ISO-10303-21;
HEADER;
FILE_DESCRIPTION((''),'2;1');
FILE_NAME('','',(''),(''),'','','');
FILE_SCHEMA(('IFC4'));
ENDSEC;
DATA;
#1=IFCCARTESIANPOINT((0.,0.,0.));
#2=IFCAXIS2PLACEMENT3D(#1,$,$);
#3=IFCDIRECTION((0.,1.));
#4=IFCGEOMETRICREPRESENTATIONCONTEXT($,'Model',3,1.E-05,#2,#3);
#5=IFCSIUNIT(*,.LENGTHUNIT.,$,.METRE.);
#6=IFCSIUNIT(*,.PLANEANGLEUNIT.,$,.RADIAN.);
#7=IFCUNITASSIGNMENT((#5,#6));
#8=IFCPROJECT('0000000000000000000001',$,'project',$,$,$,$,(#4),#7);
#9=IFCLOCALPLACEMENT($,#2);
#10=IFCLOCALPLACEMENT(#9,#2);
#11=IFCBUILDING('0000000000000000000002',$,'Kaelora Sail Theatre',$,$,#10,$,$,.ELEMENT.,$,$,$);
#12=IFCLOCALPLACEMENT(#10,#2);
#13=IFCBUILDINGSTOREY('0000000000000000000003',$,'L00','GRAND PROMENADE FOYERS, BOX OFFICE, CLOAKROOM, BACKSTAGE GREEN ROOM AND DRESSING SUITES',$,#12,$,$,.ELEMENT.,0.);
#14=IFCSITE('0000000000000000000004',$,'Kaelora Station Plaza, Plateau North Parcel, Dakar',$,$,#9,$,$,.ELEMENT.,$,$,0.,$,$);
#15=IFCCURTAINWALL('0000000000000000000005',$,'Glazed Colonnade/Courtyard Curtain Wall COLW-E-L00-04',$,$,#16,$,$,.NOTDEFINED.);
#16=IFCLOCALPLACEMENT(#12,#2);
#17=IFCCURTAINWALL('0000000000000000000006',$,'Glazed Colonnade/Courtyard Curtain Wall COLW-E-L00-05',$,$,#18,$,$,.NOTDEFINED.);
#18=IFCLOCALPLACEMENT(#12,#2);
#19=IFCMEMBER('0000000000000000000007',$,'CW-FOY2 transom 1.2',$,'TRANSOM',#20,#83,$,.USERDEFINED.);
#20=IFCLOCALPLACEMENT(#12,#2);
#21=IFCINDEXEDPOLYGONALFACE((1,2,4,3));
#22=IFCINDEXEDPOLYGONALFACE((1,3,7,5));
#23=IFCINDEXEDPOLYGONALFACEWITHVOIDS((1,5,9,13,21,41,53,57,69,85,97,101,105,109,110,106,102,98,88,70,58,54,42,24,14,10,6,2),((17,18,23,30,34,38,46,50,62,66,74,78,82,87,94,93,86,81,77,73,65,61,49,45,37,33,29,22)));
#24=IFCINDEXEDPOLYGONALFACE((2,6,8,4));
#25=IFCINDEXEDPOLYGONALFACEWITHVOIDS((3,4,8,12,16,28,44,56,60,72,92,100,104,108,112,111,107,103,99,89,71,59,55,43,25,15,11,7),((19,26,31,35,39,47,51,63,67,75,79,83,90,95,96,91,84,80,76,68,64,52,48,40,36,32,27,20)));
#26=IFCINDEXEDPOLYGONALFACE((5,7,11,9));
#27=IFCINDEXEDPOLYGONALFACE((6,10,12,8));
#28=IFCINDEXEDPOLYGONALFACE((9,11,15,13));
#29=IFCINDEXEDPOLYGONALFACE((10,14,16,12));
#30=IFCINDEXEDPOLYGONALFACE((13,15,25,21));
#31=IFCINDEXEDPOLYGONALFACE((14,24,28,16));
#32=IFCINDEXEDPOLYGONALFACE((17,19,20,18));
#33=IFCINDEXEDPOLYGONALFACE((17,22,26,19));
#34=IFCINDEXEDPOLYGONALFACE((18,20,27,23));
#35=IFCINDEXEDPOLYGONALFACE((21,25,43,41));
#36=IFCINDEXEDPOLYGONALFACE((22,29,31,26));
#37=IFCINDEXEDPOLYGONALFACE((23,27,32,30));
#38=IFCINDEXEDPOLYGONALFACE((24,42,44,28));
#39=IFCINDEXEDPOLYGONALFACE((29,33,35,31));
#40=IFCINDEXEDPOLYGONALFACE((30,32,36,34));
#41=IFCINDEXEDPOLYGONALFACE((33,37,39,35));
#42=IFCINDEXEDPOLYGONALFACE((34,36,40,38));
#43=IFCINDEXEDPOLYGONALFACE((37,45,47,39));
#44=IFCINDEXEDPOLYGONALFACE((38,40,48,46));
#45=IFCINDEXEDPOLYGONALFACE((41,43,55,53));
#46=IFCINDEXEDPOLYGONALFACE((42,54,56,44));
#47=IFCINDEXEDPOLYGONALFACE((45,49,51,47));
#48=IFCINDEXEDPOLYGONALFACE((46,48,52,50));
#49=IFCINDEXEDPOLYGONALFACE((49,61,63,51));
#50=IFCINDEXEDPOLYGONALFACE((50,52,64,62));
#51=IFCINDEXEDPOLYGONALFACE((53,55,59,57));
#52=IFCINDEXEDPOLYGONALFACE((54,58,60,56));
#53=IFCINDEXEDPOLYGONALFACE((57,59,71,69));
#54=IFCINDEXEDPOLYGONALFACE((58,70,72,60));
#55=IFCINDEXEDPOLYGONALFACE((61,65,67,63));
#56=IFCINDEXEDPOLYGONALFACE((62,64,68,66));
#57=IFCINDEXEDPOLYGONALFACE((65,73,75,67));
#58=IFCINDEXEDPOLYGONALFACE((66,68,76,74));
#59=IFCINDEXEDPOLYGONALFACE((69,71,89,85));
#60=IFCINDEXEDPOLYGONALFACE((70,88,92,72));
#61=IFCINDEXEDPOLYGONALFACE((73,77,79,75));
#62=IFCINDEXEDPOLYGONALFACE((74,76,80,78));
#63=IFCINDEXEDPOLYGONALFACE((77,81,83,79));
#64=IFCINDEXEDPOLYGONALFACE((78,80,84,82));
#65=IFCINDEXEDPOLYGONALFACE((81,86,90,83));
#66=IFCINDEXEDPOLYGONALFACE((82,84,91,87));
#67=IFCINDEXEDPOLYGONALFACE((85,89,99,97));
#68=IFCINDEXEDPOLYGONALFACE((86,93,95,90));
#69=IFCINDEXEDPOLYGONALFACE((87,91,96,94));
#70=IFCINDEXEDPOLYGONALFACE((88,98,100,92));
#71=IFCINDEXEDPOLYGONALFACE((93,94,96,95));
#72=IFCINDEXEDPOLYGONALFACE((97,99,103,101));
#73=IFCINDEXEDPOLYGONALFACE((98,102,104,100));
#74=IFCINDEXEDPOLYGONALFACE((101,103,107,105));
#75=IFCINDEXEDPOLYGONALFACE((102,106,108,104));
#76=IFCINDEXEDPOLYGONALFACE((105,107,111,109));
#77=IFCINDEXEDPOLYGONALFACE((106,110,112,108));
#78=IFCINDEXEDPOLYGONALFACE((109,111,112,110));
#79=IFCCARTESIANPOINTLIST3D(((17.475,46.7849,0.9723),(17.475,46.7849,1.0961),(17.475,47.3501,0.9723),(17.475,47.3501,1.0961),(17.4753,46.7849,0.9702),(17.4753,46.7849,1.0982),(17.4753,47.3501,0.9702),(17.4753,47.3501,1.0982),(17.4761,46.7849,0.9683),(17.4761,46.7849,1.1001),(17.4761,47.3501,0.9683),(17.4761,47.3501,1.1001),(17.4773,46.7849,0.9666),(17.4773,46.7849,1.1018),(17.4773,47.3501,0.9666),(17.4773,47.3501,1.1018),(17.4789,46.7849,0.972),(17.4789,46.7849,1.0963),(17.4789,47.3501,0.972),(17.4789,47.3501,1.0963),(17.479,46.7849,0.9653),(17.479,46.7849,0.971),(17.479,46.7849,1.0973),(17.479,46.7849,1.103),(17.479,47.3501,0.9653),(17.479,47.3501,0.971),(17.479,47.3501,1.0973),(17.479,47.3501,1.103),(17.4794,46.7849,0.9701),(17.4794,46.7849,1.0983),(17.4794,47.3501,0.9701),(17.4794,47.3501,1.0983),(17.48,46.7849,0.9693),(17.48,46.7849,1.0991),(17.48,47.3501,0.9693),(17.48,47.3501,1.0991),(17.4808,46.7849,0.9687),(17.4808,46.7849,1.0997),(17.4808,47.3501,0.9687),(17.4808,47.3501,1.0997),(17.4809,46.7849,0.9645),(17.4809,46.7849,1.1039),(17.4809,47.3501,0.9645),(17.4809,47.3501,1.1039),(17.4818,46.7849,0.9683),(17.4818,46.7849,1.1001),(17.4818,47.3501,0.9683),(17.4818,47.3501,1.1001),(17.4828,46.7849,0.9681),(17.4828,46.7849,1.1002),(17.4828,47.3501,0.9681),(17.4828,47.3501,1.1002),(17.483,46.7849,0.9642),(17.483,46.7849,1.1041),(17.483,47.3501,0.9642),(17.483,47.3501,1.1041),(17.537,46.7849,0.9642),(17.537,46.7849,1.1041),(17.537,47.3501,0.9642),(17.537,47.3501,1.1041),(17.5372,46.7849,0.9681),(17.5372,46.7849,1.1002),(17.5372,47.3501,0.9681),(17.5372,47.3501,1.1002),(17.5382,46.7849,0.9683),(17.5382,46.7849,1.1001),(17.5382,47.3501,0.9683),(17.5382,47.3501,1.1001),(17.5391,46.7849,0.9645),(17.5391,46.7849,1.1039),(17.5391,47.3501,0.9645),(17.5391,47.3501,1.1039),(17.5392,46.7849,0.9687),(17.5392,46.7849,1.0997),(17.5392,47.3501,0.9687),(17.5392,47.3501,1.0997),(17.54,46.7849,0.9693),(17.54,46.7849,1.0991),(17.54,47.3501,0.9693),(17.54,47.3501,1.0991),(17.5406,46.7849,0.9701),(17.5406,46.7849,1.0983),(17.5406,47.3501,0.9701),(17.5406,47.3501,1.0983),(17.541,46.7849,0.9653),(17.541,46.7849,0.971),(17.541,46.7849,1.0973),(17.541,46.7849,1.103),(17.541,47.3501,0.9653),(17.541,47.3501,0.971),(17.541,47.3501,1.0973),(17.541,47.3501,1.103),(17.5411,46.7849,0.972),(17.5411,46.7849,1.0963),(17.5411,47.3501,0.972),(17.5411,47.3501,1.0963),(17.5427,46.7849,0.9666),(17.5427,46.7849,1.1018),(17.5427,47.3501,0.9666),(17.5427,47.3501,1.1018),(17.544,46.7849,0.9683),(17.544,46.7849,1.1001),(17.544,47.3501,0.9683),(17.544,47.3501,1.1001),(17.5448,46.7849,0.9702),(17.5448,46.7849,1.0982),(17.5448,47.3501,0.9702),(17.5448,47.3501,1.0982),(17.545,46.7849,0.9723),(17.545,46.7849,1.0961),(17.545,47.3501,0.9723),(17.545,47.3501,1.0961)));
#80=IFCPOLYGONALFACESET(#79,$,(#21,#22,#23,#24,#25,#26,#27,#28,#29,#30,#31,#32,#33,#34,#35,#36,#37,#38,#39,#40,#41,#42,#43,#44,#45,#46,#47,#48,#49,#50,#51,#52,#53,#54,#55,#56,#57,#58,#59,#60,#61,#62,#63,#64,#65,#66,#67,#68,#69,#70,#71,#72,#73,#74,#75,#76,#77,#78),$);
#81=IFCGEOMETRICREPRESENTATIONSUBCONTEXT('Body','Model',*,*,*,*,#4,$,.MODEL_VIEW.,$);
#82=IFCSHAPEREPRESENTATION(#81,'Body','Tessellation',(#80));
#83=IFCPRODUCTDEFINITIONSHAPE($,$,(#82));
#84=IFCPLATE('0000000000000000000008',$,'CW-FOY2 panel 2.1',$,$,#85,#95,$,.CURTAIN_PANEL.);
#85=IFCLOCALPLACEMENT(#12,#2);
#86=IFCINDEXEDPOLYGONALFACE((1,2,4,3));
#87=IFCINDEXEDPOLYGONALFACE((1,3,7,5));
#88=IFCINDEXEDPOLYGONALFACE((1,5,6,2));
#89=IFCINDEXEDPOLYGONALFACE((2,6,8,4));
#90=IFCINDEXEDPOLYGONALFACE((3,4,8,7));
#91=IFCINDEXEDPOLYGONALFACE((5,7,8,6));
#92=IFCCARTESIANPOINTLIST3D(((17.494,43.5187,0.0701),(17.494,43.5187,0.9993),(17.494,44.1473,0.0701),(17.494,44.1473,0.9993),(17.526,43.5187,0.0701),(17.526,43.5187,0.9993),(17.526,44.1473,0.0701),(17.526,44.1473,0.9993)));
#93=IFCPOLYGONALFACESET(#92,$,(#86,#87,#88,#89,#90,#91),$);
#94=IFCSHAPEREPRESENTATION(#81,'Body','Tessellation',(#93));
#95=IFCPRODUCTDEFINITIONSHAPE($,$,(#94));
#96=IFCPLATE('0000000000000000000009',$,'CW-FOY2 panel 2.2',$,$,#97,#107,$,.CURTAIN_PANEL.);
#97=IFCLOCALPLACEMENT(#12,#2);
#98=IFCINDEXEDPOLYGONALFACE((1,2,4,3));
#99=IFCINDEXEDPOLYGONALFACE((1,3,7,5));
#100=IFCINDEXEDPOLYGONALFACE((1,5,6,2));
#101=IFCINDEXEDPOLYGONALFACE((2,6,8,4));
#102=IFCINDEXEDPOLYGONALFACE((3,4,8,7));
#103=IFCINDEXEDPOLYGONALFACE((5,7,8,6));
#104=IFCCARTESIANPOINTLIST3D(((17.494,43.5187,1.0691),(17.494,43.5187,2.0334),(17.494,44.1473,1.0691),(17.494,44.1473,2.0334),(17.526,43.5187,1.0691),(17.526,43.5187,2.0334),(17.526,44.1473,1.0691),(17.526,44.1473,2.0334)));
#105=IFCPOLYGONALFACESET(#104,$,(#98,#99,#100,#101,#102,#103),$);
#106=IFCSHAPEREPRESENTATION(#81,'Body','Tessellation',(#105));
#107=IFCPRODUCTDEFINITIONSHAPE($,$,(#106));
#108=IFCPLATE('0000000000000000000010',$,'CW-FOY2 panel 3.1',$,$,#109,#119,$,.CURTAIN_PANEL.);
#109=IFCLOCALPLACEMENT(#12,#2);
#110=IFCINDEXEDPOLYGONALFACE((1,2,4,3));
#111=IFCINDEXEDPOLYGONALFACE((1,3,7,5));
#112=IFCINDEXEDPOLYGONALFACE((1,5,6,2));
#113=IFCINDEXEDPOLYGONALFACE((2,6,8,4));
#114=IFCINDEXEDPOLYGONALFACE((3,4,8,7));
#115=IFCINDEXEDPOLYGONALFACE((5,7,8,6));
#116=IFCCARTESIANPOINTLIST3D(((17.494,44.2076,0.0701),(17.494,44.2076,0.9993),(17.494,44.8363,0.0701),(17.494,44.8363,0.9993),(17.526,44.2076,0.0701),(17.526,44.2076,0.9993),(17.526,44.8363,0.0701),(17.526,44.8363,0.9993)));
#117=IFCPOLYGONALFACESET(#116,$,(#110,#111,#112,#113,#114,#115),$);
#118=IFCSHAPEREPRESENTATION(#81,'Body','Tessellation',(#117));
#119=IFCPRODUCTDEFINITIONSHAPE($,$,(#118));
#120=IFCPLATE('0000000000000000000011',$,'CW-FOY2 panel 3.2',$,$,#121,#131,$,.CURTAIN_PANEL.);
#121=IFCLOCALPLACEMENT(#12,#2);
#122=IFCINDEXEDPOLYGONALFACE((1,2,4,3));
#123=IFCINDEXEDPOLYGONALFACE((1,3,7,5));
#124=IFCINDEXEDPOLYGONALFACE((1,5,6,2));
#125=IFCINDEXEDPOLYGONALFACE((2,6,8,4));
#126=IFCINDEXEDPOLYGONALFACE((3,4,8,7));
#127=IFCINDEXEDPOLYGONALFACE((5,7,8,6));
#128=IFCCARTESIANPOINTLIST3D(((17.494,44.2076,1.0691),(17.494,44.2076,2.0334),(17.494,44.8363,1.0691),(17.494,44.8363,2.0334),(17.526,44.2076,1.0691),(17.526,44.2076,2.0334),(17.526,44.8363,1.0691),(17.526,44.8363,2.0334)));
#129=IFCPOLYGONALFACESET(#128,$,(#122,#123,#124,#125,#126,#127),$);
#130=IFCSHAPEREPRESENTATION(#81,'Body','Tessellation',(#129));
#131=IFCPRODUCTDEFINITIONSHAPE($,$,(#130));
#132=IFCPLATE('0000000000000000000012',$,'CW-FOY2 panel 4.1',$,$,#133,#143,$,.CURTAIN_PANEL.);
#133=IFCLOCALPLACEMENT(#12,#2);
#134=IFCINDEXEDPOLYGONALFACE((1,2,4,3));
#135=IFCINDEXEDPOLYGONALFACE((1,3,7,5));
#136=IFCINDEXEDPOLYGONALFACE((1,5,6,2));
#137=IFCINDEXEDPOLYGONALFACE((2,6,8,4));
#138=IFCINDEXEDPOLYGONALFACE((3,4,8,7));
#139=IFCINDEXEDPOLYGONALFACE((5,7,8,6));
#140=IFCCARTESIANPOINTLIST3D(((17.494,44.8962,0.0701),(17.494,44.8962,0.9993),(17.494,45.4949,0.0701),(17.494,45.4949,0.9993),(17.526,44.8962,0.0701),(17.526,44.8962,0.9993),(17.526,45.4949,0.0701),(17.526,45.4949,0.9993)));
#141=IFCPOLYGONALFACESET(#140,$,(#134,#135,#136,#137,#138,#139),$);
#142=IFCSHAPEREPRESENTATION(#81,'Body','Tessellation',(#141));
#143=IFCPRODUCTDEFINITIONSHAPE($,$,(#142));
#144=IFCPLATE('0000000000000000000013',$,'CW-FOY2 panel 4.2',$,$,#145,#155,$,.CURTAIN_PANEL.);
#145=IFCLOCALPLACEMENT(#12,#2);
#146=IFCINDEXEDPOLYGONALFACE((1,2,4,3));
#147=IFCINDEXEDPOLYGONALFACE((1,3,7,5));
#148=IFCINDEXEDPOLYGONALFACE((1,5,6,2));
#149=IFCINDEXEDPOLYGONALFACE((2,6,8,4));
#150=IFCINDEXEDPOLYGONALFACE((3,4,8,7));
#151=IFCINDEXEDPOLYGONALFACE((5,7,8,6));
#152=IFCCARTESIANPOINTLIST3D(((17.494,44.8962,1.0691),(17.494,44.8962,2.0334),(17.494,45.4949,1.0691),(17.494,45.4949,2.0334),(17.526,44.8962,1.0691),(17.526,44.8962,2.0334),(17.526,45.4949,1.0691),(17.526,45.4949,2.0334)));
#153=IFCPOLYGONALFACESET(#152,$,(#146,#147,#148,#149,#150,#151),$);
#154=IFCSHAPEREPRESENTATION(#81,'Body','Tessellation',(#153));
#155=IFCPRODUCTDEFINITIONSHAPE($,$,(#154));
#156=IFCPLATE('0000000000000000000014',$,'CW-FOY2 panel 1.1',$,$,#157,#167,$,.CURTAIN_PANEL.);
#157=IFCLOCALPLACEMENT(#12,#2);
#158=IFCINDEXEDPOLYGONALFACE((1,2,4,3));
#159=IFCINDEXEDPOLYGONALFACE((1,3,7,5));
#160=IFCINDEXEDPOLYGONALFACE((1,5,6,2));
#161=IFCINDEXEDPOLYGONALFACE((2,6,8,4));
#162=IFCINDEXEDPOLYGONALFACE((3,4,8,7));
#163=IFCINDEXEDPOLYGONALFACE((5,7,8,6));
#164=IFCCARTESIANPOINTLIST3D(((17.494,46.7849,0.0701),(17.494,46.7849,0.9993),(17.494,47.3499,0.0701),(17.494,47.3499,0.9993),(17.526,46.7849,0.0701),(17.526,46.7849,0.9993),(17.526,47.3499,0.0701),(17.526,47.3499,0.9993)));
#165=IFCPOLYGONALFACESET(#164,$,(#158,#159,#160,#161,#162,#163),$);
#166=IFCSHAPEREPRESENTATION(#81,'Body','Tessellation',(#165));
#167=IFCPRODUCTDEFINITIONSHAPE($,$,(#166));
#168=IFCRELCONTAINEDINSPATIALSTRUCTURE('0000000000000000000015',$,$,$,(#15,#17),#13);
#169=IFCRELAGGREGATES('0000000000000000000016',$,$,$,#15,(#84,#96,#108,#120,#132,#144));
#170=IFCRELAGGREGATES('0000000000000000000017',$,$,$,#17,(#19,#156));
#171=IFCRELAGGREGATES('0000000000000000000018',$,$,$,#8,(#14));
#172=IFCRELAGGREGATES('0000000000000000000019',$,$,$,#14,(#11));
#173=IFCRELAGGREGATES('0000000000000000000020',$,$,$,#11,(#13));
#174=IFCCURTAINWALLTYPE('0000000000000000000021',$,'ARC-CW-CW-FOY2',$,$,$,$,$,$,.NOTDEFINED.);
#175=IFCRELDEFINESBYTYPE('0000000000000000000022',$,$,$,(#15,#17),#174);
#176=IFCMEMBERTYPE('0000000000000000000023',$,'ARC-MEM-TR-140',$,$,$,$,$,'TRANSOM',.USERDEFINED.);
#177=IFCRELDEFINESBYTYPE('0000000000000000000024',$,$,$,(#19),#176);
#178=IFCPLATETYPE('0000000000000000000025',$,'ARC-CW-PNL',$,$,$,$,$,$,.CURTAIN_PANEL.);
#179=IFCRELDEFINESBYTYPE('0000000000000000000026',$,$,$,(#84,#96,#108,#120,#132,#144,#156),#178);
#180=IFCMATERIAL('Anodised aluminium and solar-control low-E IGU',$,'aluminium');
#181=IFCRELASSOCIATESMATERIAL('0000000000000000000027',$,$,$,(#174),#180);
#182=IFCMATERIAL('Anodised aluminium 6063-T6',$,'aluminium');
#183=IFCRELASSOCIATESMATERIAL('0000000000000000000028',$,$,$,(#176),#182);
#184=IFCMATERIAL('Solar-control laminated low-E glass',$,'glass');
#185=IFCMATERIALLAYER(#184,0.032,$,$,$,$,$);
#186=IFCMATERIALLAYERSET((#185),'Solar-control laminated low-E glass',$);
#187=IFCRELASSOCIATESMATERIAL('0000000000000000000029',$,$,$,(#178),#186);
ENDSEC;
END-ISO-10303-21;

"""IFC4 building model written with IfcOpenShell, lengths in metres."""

from ifc_helpers import new_model, si_unit, direction, frame, origin, origin_2d, place, context, subcontext, project, spatial, rectangle, hollow_rectangle, extrude, material, layer, layer_set, material_profile, profile_set, type_object, element, aggregate, save


model = new_model("IFC4")

# Units and contexts
model_context = context("Model", 3, precision=1e-05, world=origin(), true_north=direction((0.0, 1.0)))
body_context = subcontext(model_context, "Body", "Model", "MODEL_VIEW")
ifc_project = project(units=[si_unit("LENGTHUNIT", "METRE"), si_unit("PLANEANGLEUNIT", "RADIAN")], contexts=[model_context])

# Site, building, storey
site_placement = place(None, origin())
site = spatial("IfcSite", under=ifc_project, at=site_placement, Name="Kaelora Station Plaza, Plateau North Parcel, Dakar", CompositionType="ELEMENT", RefElevation=0.0)
building_placement = place(site_placement, origin())
building = spatial("IfcBuilding", under=site, at=building_placement, Name="Kaelora Sail Theatre", CompositionType="ELEMENT")
storey_placement = place(building_placement, origin())
storey = spatial("IfcBuildingStorey", under=building, at=storey_placement, Name="L00", Description="GRAND PROMENADE FOYERS, BOX OFFICE, CLOAKROOM, BACKSTAGE GREEN ROOM AND DRESSING SUITES", CompositionType="ELEMENT", Elevation=0.0)

# Curtain wall
ifc_material_1 = material(Name="Anodised aluminium and solar-control low-E IGU", Category="aluminium")
curtain_wall_type = type_object("IfcCurtainWallType", Name="ARC-CW-CW-FOY2", PredefinedType="NOTDEFINED", material=ifc_material_1)
curtain_wall_1_placement = place(storey_placement, origin())
curtain_wall_1 = element("IfcCurtainWall", 1, at=curtain_wall_1_placement, inside=storey, type_object=curtain_wall_type, Name="Glazed Colonnade/Courtyard Curtain Wall COLW-E-L00-04", PredefinedType="NOTDEFINED")

# Curtain wall
curtain_wall_2_placement = place(storey_placement, origin())
curtain_wall_2 = element("IfcCurtainWall", 2, at=curtain_wall_2_placement, inside=storey, type_object=curtain_wall_type, Name="Glazed Colonnade/Courtyard Curtain Wall COLW-E-L00-05", PredefinedType="NOTDEFINED")

# Member
ifc_material_2 = material(Name="Anodised aluminium 6063-T6", Category="aluminium")
ifc_material_profile_1 = material_profile(ifc_material_2, hollow_rectangle(XDim=0.0701, YDim=0.1399, WallThickness=0.0039, InnerFilletRadius=0.0039, OuterFilletRadius=0.0081, at=origin_2d()), Name="ALU-TRAN 70x140x4")
ifc_profile_set_1 = profile_set([ifc_material_profile_1], Name="Anodised aluminium 6063-T6")
member_type_1 = type_object("IfcMemberType", Name="ARC-MEM-TR-140", ElementType="TRANSOM", PredefinedType="USERDEFINED", material=ifc_profile_set_1)
member_1_placement = place(storey_placement, frame((17.51, 46.7849, 1.0342), z_axis=(0.0, 1.0, 0.0), x_axis=(-1.0, 0.0, 0.0)))
member_1 = element("IfcMember", 3, at=member_1_placement, type_object=member_type_1, Name="CW-FOY2 transom 1.2", ObjectType="TRANSOM", PredefinedType="USERDEFINED", context=body_context, shape_type="SweptSolid", body=[
    extrude(hollow_rectangle(XDim=0.0701, YDim=0.1399, WallThickness=0.0039, InnerFilletRadius=0.0039, OuterFilletRadius=0.0081, at=origin_2d()), origin(), (0.0, 0.0, 1.0), 0.5652),
])

# Plates
ifc_material_3 = material(Name="Solar-control laminated low-E glass", Category="glass")
ifc_layer = layer(ifc_material_3, 0.032)
ifc_layer_set = layer_set([ifc_layer], Name="Solar-control laminated low-E glass")
plate_type = type_object("IfcPlateType", Name="ARC-CW-PNL", PredefinedType="CURTAIN_PANEL", material=ifc_layer_set)
plate_1_placement = place(storey_placement, frame((17.51, 43.833, 0.0701), z_axis=(0.0, 0.0, 1.0), x_axis=(0.0, 1.0, 0.0)))
plate_1 = element("IfcPlate", 4, at=plate_1_placement, type_object=plate_type, Name="CW-FOY2 panel 2.1", PredefinedType="CURTAIN_PANEL", context=body_context, shape_type="SweptSolid", body=[
    extrude(rectangle(XDim=0.6287, YDim=0.032, at=origin_2d()), origin(), (0.0, 0.0, 1.0), 0.9292),
])
plate_2_placement = place(storey_placement, frame((17.51, 43.833, 1.0691), z_axis=(0.0, 0.0, 1.0), x_axis=(0.0, 1.0, 0.0)))
plate_2 = element("IfcPlate", 5, at=plate_2_placement, type_object=plate_type, Name="CW-FOY2 panel 2.2", PredefinedType="CURTAIN_PANEL", context=body_context, shape_type="SweptSolid", body=[
    extrude(rectangle(XDim=0.6287, YDim=0.032, at=origin_2d()), origin(), (0.0, 0.0, 1.0), 0.9644),
])
plate_3_placement = place(storey_placement, frame((17.51, 44.522, 0.0701), z_axis=(0.0, 0.0, 1.0), x_axis=(0.0, 1.0, 0.0)))
plate_3 = element("IfcPlate", 6, at=plate_3_placement, type_object=plate_type, Name="CW-FOY2 panel 3.1", PredefinedType="CURTAIN_PANEL", context=body_context, shape_type="SweptSolid", body=[
    extrude(rectangle(XDim=0.6287, YDim=0.032, at=origin_2d()), origin(), (0.0, 0.0, 1.0), 0.9292),
])
plate_4_placement = place(storey_placement, frame((17.51, 44.522, 1.0691), z_axis=(0.0, 0.0, 1.0), x_axis=(0.0, 1.0, 0.0)))
plate_4 = element("IfcPlate", 7, at=plate_4_placement, type_object=plate_type, Name="CW-FOY2 panel 3.2", PredefinedType="CURTAIN_PANEL", context=body_context, shape_type="SweptSolid", body=[
    extrude(rectangle(XDim=0.6287, YDim=0.032, at=origin_2d()), origin(), (0.0, 0.0, 1.0), 0.9644),
])
plate_5_placement = place(storey_placement, frame((17.51, 45.1956, 0.0701), z_axis=(0.0, 0.0, 1.0), x_axis=(0.0, 1.0, 0.0)))
plate_5 = element("IfcPlate", 8, at=plate_5_placement, type_object=plate_type, Name="CW-FOY2 panel 4.1", PredefinedType="CURTAIN_PANEL", context=body_context, shape_type="SweptSolid", body=[
    extrude(rectangle(XDim=0.5986, YDim=0.032, at=origin_2d()), origin(), (0.0, 0.0, 1.0), 0.9292),
])
plate_6_placement = place(storey_placement, frame((17.51, 45.1956, 1.0691), z_axis=(0.0, 0.0, 1.0), x_axis=(0.0, 1.0, 0.0)))
plate_6 = element("IfcPlate", 9, at=plate_6_placement, type_object=plate_type, Name="CW-FOY2 panel 4.2", PredefinedType="CURTAIN_PANEL", context=body_context, shape_type="SweptSolid", body=[
    extrude(rectangle(XDim=0.5986, YDim=0.032, at=origin_2d()), origin(), (0.0, 0.0, 1.0), 0.9644),
])
aggregate(curtain_wall_1, [plate_1, plate_2, plate_3, plate_4, plate_5, plate_6])
plate_7_placement = place(storey_placement, frame((17.51, 47.0674, 0.0701), z_axis=(0.0, 0.0, 1.0), x_axis=(0.0, 1.0, 0.0)))
plate_7 = element("IfcPlate", 10, at=plate_7_placement, type_object=plate_type, Name="CW-FOY2 panel 1.1", PredefinedType="CURTAIN_PANEL", context=body_context, shape_type="SweptSolid", body=[
    extrude(rectangle(XDim=0.5649, YDim=0.032, at=origin_2d()), origin(), (0.0, 0.0, 1.0), 0.9292),
])
aggregate(curtain_wall_2, [member_1, plate_7])

save(model, "model.ifc")
